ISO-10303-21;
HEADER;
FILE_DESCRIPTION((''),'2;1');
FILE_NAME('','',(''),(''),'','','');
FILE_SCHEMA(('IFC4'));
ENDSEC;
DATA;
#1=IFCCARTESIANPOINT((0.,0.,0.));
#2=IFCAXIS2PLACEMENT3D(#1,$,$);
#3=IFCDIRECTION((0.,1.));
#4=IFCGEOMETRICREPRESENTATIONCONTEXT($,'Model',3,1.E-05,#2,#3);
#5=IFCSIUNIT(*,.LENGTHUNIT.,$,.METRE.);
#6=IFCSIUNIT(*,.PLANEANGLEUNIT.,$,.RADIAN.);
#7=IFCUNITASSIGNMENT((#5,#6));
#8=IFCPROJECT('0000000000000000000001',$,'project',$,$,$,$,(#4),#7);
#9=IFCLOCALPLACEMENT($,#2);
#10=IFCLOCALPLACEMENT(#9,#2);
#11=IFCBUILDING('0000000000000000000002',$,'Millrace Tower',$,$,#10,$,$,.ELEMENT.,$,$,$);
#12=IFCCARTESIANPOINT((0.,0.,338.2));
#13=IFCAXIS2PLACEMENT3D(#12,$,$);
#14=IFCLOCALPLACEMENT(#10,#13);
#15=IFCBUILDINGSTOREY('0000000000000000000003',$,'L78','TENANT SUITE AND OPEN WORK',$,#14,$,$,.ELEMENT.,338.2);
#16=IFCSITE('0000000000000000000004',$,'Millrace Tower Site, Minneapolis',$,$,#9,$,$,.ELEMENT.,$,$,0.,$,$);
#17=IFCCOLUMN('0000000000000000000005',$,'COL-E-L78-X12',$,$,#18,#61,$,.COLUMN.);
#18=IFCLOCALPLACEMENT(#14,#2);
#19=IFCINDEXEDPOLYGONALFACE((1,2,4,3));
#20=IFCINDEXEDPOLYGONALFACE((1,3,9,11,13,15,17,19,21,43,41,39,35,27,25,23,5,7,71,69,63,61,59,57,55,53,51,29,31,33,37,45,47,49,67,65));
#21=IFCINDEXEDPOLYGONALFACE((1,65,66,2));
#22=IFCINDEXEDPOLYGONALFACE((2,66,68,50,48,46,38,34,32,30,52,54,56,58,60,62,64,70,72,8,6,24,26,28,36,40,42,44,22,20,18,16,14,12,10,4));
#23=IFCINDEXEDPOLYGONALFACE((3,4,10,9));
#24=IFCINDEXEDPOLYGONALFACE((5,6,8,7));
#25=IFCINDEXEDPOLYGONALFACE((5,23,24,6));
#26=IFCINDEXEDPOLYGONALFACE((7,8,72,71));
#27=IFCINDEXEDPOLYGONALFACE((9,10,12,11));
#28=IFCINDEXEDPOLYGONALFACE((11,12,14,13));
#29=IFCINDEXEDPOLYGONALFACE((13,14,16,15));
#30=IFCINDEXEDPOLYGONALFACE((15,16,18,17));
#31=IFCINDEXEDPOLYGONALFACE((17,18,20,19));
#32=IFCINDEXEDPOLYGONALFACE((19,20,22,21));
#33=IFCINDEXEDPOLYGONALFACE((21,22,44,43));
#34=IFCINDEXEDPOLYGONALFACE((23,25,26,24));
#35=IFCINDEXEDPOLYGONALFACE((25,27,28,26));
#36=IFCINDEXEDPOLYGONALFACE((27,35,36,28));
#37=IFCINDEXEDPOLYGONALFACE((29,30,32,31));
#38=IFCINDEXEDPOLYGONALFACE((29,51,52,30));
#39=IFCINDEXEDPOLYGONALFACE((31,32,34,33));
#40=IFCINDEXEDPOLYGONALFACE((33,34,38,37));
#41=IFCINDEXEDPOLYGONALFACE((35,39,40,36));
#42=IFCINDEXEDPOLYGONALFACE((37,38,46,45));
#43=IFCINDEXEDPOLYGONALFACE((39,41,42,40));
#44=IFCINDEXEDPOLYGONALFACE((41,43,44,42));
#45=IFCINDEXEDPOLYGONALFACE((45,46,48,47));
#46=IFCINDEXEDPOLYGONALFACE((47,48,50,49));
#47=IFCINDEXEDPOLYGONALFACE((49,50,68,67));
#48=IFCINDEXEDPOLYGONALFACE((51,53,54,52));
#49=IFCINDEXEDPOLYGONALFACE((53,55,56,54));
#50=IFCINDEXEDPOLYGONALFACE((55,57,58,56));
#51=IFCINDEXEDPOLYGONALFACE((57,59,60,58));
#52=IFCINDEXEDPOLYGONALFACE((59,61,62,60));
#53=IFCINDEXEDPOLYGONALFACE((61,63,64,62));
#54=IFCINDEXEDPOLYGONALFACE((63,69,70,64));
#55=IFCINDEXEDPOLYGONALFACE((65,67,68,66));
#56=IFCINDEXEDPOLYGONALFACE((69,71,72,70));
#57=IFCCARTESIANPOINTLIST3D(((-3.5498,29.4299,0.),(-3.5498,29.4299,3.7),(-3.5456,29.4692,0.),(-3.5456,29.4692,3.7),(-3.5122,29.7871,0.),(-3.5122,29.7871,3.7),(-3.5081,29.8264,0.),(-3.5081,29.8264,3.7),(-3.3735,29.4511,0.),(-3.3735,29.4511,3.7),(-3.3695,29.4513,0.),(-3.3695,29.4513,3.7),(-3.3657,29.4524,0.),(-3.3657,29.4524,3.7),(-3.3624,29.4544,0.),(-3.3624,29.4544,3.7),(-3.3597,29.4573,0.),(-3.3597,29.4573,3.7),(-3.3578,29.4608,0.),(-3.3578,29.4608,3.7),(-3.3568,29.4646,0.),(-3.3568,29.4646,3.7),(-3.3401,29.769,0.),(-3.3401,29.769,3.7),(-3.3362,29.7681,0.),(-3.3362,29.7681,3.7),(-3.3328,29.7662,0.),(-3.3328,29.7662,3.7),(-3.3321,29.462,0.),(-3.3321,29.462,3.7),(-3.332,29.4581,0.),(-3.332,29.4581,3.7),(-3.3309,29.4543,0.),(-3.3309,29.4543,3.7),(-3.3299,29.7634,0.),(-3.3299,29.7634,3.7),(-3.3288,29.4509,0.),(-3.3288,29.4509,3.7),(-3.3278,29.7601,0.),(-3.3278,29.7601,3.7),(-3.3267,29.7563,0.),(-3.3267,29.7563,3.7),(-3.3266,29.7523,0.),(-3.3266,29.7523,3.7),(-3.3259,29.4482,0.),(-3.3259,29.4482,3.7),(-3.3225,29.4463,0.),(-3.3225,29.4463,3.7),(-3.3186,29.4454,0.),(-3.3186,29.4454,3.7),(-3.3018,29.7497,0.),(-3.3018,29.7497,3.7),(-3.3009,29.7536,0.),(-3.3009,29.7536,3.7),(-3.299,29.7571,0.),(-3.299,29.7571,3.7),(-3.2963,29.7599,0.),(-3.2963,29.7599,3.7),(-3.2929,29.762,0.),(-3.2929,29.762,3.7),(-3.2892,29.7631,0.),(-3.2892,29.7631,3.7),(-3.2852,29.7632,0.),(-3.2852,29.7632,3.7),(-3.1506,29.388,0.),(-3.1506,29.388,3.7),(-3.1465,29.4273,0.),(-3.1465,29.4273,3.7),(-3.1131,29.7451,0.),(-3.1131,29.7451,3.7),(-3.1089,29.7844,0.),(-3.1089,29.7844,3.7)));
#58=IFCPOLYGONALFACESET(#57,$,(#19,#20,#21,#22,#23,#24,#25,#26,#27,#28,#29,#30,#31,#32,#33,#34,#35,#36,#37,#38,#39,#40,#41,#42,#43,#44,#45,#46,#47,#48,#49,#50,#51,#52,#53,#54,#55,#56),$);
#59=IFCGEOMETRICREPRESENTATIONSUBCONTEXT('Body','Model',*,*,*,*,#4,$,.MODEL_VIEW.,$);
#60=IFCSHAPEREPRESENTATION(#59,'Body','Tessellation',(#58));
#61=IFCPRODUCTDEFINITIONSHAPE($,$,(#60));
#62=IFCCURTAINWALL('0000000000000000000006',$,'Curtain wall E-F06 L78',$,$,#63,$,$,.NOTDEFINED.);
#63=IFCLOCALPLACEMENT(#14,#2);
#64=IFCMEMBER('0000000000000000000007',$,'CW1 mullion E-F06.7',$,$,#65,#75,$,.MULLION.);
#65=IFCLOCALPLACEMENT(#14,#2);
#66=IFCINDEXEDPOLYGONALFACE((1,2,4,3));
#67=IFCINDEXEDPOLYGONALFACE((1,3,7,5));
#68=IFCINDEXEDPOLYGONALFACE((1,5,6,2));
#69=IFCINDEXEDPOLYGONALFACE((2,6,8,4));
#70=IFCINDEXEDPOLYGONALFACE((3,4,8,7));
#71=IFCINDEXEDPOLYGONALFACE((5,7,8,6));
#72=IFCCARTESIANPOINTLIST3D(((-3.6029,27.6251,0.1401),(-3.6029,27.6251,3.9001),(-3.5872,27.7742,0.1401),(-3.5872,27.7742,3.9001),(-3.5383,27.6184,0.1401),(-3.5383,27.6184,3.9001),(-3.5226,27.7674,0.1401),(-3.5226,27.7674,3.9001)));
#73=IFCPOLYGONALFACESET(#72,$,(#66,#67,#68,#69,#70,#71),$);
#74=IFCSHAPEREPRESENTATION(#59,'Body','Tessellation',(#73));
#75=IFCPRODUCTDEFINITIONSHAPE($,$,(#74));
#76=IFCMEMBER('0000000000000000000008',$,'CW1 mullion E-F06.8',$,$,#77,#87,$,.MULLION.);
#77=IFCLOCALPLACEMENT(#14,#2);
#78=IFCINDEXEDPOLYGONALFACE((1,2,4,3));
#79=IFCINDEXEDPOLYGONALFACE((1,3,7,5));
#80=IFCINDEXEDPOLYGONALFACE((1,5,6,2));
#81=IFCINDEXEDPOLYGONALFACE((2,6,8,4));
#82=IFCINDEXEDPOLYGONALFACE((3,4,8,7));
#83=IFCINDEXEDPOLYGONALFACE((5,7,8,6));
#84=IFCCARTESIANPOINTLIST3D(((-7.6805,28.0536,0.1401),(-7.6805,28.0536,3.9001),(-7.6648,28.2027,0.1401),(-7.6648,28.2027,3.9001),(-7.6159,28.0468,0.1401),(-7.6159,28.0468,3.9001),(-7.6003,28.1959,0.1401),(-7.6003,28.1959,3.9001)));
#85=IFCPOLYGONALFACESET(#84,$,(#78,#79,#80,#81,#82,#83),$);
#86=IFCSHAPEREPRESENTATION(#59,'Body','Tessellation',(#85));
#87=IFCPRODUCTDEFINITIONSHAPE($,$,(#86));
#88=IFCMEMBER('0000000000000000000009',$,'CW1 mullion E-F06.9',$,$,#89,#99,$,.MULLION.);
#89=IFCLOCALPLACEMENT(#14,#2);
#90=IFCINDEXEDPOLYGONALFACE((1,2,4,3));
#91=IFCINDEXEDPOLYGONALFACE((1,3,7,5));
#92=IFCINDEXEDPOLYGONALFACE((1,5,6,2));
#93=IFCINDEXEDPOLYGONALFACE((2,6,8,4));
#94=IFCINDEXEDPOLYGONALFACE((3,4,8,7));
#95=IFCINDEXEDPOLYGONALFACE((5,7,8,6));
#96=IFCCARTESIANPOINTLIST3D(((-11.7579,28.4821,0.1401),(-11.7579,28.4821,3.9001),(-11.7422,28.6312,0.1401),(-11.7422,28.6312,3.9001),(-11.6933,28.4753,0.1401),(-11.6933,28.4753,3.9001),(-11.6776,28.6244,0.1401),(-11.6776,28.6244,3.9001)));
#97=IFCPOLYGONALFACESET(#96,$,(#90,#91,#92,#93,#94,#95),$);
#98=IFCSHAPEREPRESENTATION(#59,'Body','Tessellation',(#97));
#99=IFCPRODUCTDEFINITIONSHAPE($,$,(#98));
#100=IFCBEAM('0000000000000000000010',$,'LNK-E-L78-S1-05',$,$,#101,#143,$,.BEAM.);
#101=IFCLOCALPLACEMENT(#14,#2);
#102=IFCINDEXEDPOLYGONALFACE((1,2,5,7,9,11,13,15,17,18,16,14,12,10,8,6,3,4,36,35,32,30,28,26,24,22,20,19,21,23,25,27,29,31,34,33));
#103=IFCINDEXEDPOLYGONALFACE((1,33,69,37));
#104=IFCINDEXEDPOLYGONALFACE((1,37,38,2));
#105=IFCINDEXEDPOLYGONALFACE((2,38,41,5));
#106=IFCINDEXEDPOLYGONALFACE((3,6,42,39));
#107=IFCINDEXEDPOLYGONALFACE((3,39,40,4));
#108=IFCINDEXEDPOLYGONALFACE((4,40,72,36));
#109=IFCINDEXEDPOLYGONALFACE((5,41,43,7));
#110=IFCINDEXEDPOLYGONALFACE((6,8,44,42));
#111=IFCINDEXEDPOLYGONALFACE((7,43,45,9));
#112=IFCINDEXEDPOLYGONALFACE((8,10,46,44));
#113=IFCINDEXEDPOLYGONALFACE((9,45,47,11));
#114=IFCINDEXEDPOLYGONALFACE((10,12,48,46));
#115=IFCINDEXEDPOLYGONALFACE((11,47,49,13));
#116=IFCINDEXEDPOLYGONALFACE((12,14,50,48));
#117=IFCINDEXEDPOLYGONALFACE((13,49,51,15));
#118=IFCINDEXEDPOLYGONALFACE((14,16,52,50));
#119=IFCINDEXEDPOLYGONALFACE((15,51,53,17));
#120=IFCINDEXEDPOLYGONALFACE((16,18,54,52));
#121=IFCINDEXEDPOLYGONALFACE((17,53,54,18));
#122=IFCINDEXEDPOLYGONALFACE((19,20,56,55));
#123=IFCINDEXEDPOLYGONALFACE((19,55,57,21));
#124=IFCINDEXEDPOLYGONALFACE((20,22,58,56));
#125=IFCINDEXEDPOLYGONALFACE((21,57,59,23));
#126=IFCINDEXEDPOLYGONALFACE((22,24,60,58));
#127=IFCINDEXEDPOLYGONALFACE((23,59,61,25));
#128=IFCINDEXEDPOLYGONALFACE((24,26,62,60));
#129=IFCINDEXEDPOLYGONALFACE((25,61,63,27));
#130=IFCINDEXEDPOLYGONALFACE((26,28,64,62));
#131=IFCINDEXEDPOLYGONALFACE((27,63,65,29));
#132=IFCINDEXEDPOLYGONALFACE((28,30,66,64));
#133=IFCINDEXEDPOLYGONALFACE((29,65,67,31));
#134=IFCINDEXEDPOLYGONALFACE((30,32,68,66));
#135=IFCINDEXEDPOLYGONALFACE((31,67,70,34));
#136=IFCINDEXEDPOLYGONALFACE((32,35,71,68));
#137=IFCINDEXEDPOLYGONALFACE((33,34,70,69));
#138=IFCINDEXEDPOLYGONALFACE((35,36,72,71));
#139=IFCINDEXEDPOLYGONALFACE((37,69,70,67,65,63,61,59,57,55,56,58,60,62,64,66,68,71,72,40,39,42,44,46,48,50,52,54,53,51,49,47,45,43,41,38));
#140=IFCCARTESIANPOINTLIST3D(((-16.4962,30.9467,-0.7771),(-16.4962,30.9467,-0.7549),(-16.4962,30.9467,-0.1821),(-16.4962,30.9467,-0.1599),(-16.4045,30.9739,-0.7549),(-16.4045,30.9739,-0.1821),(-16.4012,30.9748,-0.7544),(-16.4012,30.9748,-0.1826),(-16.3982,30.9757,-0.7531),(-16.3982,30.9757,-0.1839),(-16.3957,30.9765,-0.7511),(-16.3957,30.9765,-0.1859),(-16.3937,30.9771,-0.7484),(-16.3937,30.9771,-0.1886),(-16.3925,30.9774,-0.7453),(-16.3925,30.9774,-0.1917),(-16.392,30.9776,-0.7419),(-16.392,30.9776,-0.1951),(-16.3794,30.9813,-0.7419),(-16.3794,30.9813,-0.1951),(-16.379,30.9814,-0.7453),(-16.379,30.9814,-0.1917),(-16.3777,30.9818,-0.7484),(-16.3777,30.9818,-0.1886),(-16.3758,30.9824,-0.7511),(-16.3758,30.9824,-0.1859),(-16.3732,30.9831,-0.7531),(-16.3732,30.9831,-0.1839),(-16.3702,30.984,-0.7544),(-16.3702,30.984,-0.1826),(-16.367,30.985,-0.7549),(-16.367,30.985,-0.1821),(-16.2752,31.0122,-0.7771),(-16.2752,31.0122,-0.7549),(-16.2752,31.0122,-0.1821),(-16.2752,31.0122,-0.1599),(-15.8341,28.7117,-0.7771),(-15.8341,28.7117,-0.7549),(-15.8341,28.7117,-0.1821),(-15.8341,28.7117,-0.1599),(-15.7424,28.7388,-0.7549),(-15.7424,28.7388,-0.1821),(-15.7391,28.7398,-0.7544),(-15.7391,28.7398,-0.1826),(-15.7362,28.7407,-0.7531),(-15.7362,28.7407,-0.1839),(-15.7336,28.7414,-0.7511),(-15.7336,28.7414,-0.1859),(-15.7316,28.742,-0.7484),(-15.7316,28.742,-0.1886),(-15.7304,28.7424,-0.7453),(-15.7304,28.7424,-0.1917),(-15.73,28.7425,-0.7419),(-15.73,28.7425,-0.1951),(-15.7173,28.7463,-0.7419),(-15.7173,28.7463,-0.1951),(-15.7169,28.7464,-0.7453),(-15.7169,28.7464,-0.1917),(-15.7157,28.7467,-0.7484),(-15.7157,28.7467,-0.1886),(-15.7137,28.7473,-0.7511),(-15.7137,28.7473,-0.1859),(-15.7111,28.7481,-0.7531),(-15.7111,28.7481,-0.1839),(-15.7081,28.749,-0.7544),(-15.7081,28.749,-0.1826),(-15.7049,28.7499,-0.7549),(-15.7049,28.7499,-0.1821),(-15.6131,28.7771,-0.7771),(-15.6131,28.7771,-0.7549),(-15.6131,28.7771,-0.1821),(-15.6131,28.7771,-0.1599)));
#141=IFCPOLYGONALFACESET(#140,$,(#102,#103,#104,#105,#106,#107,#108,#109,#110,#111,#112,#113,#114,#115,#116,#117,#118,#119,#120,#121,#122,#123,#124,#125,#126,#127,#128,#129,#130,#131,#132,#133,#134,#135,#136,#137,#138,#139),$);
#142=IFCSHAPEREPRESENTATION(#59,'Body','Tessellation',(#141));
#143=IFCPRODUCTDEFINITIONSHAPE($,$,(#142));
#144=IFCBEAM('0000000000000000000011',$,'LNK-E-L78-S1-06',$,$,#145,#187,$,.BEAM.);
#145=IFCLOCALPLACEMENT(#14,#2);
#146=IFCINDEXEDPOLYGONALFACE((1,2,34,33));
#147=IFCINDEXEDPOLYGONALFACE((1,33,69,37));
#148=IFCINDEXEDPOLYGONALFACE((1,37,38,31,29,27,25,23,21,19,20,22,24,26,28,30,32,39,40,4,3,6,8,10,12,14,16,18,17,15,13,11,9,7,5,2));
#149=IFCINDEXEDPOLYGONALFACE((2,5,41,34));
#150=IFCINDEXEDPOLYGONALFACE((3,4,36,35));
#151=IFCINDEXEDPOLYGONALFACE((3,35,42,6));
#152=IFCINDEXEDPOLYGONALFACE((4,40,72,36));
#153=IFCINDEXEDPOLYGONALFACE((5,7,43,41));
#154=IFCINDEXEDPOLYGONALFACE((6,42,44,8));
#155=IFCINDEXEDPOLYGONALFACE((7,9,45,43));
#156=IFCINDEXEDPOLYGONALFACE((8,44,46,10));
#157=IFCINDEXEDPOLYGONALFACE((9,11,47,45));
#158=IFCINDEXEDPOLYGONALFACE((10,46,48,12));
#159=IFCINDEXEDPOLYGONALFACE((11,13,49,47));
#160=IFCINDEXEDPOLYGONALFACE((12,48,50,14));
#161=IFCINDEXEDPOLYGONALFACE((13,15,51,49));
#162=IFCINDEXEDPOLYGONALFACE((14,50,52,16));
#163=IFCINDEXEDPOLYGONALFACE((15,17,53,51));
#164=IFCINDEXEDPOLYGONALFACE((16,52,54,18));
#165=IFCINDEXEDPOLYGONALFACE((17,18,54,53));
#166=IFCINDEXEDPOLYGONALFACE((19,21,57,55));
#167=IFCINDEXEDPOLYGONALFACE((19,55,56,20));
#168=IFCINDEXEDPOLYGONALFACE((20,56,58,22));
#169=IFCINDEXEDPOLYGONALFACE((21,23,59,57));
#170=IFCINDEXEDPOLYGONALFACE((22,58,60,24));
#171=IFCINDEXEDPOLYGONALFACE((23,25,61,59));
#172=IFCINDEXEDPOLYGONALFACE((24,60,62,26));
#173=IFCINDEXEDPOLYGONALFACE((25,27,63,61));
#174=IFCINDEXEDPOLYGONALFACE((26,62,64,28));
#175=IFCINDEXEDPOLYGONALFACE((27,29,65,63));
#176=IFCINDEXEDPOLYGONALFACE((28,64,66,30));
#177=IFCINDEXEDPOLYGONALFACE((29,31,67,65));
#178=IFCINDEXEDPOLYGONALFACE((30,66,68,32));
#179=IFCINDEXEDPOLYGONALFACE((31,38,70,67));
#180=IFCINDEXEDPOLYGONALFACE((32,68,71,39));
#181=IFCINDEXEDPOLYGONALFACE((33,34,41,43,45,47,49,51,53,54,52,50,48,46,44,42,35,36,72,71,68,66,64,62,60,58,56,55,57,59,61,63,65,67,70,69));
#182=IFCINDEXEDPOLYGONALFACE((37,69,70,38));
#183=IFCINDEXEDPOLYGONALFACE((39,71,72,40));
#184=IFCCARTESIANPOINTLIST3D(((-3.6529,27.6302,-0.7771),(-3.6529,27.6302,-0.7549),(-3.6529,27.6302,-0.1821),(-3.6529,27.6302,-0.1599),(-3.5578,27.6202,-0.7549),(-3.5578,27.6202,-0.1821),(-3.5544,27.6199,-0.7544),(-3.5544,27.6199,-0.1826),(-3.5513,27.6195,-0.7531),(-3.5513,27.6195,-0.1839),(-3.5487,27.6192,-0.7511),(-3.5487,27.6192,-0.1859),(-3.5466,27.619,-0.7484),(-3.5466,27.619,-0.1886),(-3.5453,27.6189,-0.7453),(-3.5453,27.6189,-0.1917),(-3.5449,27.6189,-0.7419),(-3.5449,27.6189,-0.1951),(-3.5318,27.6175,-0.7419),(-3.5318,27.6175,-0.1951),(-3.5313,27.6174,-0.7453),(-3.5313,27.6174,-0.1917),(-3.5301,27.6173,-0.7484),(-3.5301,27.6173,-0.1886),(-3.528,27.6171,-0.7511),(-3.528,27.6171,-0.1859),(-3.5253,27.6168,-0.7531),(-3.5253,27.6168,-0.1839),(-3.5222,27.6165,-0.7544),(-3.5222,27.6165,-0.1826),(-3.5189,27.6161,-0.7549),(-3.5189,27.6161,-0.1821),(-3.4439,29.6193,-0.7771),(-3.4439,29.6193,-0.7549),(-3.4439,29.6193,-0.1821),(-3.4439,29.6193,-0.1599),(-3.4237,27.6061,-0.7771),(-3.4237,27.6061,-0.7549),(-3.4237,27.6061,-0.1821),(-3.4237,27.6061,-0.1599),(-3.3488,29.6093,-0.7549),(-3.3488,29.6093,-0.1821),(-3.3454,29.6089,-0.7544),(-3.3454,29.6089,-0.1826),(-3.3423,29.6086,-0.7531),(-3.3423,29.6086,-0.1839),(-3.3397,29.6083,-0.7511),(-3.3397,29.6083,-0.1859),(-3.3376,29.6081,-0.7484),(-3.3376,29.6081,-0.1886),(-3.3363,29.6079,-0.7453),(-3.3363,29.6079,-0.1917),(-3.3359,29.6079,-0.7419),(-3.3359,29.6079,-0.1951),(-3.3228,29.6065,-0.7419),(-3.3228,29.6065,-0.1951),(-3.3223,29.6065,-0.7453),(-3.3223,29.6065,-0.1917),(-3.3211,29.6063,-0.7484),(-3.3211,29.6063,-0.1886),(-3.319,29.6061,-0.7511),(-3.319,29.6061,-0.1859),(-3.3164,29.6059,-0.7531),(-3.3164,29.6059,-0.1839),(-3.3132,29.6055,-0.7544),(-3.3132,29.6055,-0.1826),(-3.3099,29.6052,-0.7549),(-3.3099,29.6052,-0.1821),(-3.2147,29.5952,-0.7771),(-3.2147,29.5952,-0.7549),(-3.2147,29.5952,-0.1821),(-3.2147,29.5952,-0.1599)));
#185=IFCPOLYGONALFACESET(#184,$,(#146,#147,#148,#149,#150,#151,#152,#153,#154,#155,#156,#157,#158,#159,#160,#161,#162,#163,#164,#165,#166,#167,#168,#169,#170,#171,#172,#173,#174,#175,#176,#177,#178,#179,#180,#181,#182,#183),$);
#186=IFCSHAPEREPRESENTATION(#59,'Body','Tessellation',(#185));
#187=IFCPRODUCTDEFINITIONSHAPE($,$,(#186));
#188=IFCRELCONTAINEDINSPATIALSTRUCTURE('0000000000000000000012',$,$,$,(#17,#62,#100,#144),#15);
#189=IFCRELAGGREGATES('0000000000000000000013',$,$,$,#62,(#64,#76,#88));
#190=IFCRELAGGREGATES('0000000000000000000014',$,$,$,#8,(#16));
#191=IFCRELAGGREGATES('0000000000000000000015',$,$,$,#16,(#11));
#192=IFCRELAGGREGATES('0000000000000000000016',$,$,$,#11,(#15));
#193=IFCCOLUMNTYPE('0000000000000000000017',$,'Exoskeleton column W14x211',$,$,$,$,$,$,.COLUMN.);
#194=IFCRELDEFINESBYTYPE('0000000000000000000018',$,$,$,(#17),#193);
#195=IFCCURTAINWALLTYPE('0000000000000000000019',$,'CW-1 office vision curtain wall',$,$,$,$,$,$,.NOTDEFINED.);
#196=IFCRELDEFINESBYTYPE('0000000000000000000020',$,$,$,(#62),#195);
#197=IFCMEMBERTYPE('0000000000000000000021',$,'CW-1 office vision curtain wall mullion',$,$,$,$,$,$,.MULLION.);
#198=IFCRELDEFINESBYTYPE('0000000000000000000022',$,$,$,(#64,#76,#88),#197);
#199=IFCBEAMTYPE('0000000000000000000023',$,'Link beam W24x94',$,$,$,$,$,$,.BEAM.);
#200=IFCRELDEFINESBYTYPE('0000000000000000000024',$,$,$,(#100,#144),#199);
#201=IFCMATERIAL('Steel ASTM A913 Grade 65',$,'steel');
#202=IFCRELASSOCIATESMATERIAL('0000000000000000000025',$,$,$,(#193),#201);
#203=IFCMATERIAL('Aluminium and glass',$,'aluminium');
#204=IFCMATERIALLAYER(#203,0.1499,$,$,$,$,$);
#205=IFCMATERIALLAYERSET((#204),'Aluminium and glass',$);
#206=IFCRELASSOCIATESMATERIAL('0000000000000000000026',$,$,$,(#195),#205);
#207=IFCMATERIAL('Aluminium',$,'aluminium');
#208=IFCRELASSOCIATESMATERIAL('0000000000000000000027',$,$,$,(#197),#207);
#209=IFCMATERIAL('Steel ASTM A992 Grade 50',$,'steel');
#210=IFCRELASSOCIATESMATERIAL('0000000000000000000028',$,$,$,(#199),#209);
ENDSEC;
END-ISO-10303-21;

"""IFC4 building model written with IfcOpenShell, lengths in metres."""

from ifc_helpers import new_model, si_unit, direction, frame, origin, origin_2d, place, context, subcontext, project, spatial, rectangle, i_section, extrude, material, layer, layer_set, material_profile, profile_set, type_object, element, aggregate, save


model = new_model("IFC4")

# Units and contexts
model_context = context("Model", 3, precision=1e-05, world=origin(), true_north=direction((0.0, 1.0)))
body_context = subcontext(model_context, "Body", "Model", "MODEL_VIEW")
ifc_project = project(units=[si_unit("LENGTHUNIT", "METRE"), si_unit("PLANEANGLEUNIT", "RADIAN")], contexts=[model_context])

# Site, building, storey
site_placement = place(None, origin())
site = spatial("IfcSite", under=ifc_project, at=site_placement, Name="Millrace Tower Site, Minneapolis", CompositionType="ELEMENT", RefElevation=0.0)
building_placement = place(site_placement, origin())
building = spatial("IfcBuilding", under=site, at=building_placement, Name="Millrace Tower", CompositionType="ELEMENT")
storey_placement = place(building_placement, frame((0.0, 0.0, 338.2)))
storey = spatial("IfcBuildingStorey", under=building, at=storey_placement, Name="L78", Description="TENANT SUITE AND OPEN WORK", CompositionType="ELEMENT", Elevation=338.2)

# Column
ifc_material_1 = material(Name="Steel ASTM A913 Grade 65", Category="steel")
ifc_material_profile_1 = material_profile(ifc_material_1, i_section(OverallWidth=0.4014, OverallDepth=0.3987, WebThickness=0.0249, FlangeThickness=0.0396, FilletRadius=0.0151, at=origin_2d()))
ifc_profile_set_1 = profile_set([ifc_material_profile_1], Name="Steel ASTM A913 Grade 65")
column_type = type_object("IfcColumnType", Name="Exoskeleton column W14x211", PredefinedType="COLUMN", material=ifc_profile_set_1)
column_placement = place(storey_placement, frame((-3.3293, 29.6072, 0.0), z_axis=(0.0, 0.0, 1.0), x_axis=(-0.994522, 0.104528, 0.0)))
element("IfcColumn", 1, at=column_placement, inside=storey, type_object=column_type, Name="COL-E-L78-X12", PredefinedType="COLUMN", context=body_context, shape_type="SweptSolid", body=[
    extrude(i_section(OverallWidth=0.4014, OverallDepth=0.3987, WebThickness=0.0249, FlangeThickness=0.0396, FilletRadius=0.0151, at=origin_2d()), origin(), (0.0, 0.0, 1.0), 3.7),
])

# Curtain wall, members
ifc_material_2 = material(Name="Aluminium and glass", Category="aluminium")
ifc_layer_1 = layer(ifc_material_2, 0.1499)
ifc_layer_set_1 = layer_set([ifc_layer_1], Name="Aluminium and glass")
curtain_wall_type = type_object("IfcCurtainWallType", Name="CW-1 office vision curtain wall", PredefinedType="NOTDEFINED", material=ifc_layer_set_1)
curtain_wall_placement = place(storey_placement, origin())
curtain_wall = element("IfcCurtainWall", 2, at=curtain_wall_placement, inside=storey, type_object=curtain_wall_type, Name="Curtain wall E-F06 L78", PredefinedType="NOTDEFINED")
ifc_material_3 = material(Name="Aluminium", Category="aluminium")
ifc_material_profile_2 = material_profile(ifc_material_3, rectangle(XDim=0.0649, YDim=0.1499, at=origin_2d()))
ifc_profile_set_2 = profile_set([ifc_material_profile_2], Name="Aluminium")
member_type = type_object("IfcMemberType", Name="CW-1 office vision curtain wall mullion", PredefinedType="MULLION", material=ifc_profile_set_2)
member_1_placement = place(storey_placement, frame((-3.5627, 27.6963, 0.1401), z_axis=(0.0, 0.0, 1.0), x_axis=(-0.994522, 0.104528, 0.0)))
member_1 = element("IfcMember", 3, at=member_1_placement, type_object=member_type, Name="CW1 mullion E-F06.7", PredefinedType="MULLION", context=body_context, shape_type="SweptSolid", body=[
    extrude(rectangle(XDim=0.0649, YDim=0.1499, at=origin_2d()), origin(), (0.0, 0.0, 1.0), 3.76),
])
member_2_placement = place(storey_placement, frame((-7.6404, 28.1248, 0.1401), z_axis=(0.0, 0.0, 1.0), x_axis=(-0.994522, 0.104528, 0.0)))
member_2 = element("IfcMember", 4, at=member_2_placement, type_object=member_type, Name="CW1 mullion E-F06.8", PredefinedType="MULLION", context=body_context, shape_type="SweptSolid", body=[
    extrude(rectangle(XDim=0.0649, YDim=0.1499, at=origin_2d()), origin(), (0.0, 0.0, 1.0), 3.76),
])
member_3_placement = place(storey_placement, frame((-11.7178, 28.5532, 0.1401), z_axis=(0.0, 0.0, 1.0), x_axis=(-0.994522, 0.104528, 0.0)))
member_3 = element("IfcMember", 5, at=member_3_placement, type_object=member_type, Name="CW1 mullion E-F06.9", PredefinedType="MULLION", context=body_context, shape_type="SweptSolid", body=[
    extrude(rectangle(XDim=0.0649, YDim=0.1499, at=origin_2d()), origin(), (0.0, 0.0, 1.0), 3.76),
])
aggregate(curtain_wall, [member_1, member_2, member_3])

# Beams
ifc_material_4 = material(Name="Steel ASTM A992 Grade 50", Category="steel")
ifc_material_profile_3 = material_profile(ifc_material_4, i_section(OverallWidth=0.2305, OverallDepth=0.6172, WebThickness=0.0132, FlangeThickness=0.0222, FilletRadius=0.0129, at=origin_2d()))
ifc_profile_set_3 = profile_set([ifc_material_profile_3], Name="Steel ASTM A992 Grade 50")
beam_type_1 = type_object("IfcBeamType", Name="Link beam W24x94", PredefinedType="BEAM", material=ifc_profile_set_3)
beam_1_placement = place(storey_placement, frame((-15.7236, 28.7444, -0.4685), z_axis=(-0.284031, 0.958815, 0.0), x_axis=(-0.958815, -0.284031, 0.0)))
element("IfcBeam", 6, at=beam_1_placement, inside=storey, type_object=beam_type_1, Name="LNK-E-L78-S1-05", PredefinedType="BEAM", context=body_context, shape_type="SweptSolid", body=[
    extrude(i_section(OverallWidth=0.2305, OverallDepth=0.6172, WebThickness=0.0132, FlangeThickness=0.0222, FilletRadius=0.0129, at=origin_2d()), origin(), (0.0, 0.0, 1.0), 2.3311),
])
beam_2_placement = place(storey_placement, frame((-3.5383, 27.6182, -0.4685), z_axis=(0.104494, 0.994526, 0.0), x_axis=(-0.994526, 0.104494, 0.0)))
element("IfcBeam", 7, at=beam_2_placement, inside=storey, type_object=beam_type_1, Name="LNK-E-L78-S1-06", PredefinedType="BEAM", context=body_context, shape_type="SweptSolid", body=[
    extrude(i_section(OverallWidth=0.2305, OverallDepth=0.6172, WebThickness=0.0132, FlangeThickness=0.0222, FilletRadius=0.0129, at=origin_2d()), origin(), (0.0, 0.0, 1.0), 2.0),
])

save(model, "model.ifc")
